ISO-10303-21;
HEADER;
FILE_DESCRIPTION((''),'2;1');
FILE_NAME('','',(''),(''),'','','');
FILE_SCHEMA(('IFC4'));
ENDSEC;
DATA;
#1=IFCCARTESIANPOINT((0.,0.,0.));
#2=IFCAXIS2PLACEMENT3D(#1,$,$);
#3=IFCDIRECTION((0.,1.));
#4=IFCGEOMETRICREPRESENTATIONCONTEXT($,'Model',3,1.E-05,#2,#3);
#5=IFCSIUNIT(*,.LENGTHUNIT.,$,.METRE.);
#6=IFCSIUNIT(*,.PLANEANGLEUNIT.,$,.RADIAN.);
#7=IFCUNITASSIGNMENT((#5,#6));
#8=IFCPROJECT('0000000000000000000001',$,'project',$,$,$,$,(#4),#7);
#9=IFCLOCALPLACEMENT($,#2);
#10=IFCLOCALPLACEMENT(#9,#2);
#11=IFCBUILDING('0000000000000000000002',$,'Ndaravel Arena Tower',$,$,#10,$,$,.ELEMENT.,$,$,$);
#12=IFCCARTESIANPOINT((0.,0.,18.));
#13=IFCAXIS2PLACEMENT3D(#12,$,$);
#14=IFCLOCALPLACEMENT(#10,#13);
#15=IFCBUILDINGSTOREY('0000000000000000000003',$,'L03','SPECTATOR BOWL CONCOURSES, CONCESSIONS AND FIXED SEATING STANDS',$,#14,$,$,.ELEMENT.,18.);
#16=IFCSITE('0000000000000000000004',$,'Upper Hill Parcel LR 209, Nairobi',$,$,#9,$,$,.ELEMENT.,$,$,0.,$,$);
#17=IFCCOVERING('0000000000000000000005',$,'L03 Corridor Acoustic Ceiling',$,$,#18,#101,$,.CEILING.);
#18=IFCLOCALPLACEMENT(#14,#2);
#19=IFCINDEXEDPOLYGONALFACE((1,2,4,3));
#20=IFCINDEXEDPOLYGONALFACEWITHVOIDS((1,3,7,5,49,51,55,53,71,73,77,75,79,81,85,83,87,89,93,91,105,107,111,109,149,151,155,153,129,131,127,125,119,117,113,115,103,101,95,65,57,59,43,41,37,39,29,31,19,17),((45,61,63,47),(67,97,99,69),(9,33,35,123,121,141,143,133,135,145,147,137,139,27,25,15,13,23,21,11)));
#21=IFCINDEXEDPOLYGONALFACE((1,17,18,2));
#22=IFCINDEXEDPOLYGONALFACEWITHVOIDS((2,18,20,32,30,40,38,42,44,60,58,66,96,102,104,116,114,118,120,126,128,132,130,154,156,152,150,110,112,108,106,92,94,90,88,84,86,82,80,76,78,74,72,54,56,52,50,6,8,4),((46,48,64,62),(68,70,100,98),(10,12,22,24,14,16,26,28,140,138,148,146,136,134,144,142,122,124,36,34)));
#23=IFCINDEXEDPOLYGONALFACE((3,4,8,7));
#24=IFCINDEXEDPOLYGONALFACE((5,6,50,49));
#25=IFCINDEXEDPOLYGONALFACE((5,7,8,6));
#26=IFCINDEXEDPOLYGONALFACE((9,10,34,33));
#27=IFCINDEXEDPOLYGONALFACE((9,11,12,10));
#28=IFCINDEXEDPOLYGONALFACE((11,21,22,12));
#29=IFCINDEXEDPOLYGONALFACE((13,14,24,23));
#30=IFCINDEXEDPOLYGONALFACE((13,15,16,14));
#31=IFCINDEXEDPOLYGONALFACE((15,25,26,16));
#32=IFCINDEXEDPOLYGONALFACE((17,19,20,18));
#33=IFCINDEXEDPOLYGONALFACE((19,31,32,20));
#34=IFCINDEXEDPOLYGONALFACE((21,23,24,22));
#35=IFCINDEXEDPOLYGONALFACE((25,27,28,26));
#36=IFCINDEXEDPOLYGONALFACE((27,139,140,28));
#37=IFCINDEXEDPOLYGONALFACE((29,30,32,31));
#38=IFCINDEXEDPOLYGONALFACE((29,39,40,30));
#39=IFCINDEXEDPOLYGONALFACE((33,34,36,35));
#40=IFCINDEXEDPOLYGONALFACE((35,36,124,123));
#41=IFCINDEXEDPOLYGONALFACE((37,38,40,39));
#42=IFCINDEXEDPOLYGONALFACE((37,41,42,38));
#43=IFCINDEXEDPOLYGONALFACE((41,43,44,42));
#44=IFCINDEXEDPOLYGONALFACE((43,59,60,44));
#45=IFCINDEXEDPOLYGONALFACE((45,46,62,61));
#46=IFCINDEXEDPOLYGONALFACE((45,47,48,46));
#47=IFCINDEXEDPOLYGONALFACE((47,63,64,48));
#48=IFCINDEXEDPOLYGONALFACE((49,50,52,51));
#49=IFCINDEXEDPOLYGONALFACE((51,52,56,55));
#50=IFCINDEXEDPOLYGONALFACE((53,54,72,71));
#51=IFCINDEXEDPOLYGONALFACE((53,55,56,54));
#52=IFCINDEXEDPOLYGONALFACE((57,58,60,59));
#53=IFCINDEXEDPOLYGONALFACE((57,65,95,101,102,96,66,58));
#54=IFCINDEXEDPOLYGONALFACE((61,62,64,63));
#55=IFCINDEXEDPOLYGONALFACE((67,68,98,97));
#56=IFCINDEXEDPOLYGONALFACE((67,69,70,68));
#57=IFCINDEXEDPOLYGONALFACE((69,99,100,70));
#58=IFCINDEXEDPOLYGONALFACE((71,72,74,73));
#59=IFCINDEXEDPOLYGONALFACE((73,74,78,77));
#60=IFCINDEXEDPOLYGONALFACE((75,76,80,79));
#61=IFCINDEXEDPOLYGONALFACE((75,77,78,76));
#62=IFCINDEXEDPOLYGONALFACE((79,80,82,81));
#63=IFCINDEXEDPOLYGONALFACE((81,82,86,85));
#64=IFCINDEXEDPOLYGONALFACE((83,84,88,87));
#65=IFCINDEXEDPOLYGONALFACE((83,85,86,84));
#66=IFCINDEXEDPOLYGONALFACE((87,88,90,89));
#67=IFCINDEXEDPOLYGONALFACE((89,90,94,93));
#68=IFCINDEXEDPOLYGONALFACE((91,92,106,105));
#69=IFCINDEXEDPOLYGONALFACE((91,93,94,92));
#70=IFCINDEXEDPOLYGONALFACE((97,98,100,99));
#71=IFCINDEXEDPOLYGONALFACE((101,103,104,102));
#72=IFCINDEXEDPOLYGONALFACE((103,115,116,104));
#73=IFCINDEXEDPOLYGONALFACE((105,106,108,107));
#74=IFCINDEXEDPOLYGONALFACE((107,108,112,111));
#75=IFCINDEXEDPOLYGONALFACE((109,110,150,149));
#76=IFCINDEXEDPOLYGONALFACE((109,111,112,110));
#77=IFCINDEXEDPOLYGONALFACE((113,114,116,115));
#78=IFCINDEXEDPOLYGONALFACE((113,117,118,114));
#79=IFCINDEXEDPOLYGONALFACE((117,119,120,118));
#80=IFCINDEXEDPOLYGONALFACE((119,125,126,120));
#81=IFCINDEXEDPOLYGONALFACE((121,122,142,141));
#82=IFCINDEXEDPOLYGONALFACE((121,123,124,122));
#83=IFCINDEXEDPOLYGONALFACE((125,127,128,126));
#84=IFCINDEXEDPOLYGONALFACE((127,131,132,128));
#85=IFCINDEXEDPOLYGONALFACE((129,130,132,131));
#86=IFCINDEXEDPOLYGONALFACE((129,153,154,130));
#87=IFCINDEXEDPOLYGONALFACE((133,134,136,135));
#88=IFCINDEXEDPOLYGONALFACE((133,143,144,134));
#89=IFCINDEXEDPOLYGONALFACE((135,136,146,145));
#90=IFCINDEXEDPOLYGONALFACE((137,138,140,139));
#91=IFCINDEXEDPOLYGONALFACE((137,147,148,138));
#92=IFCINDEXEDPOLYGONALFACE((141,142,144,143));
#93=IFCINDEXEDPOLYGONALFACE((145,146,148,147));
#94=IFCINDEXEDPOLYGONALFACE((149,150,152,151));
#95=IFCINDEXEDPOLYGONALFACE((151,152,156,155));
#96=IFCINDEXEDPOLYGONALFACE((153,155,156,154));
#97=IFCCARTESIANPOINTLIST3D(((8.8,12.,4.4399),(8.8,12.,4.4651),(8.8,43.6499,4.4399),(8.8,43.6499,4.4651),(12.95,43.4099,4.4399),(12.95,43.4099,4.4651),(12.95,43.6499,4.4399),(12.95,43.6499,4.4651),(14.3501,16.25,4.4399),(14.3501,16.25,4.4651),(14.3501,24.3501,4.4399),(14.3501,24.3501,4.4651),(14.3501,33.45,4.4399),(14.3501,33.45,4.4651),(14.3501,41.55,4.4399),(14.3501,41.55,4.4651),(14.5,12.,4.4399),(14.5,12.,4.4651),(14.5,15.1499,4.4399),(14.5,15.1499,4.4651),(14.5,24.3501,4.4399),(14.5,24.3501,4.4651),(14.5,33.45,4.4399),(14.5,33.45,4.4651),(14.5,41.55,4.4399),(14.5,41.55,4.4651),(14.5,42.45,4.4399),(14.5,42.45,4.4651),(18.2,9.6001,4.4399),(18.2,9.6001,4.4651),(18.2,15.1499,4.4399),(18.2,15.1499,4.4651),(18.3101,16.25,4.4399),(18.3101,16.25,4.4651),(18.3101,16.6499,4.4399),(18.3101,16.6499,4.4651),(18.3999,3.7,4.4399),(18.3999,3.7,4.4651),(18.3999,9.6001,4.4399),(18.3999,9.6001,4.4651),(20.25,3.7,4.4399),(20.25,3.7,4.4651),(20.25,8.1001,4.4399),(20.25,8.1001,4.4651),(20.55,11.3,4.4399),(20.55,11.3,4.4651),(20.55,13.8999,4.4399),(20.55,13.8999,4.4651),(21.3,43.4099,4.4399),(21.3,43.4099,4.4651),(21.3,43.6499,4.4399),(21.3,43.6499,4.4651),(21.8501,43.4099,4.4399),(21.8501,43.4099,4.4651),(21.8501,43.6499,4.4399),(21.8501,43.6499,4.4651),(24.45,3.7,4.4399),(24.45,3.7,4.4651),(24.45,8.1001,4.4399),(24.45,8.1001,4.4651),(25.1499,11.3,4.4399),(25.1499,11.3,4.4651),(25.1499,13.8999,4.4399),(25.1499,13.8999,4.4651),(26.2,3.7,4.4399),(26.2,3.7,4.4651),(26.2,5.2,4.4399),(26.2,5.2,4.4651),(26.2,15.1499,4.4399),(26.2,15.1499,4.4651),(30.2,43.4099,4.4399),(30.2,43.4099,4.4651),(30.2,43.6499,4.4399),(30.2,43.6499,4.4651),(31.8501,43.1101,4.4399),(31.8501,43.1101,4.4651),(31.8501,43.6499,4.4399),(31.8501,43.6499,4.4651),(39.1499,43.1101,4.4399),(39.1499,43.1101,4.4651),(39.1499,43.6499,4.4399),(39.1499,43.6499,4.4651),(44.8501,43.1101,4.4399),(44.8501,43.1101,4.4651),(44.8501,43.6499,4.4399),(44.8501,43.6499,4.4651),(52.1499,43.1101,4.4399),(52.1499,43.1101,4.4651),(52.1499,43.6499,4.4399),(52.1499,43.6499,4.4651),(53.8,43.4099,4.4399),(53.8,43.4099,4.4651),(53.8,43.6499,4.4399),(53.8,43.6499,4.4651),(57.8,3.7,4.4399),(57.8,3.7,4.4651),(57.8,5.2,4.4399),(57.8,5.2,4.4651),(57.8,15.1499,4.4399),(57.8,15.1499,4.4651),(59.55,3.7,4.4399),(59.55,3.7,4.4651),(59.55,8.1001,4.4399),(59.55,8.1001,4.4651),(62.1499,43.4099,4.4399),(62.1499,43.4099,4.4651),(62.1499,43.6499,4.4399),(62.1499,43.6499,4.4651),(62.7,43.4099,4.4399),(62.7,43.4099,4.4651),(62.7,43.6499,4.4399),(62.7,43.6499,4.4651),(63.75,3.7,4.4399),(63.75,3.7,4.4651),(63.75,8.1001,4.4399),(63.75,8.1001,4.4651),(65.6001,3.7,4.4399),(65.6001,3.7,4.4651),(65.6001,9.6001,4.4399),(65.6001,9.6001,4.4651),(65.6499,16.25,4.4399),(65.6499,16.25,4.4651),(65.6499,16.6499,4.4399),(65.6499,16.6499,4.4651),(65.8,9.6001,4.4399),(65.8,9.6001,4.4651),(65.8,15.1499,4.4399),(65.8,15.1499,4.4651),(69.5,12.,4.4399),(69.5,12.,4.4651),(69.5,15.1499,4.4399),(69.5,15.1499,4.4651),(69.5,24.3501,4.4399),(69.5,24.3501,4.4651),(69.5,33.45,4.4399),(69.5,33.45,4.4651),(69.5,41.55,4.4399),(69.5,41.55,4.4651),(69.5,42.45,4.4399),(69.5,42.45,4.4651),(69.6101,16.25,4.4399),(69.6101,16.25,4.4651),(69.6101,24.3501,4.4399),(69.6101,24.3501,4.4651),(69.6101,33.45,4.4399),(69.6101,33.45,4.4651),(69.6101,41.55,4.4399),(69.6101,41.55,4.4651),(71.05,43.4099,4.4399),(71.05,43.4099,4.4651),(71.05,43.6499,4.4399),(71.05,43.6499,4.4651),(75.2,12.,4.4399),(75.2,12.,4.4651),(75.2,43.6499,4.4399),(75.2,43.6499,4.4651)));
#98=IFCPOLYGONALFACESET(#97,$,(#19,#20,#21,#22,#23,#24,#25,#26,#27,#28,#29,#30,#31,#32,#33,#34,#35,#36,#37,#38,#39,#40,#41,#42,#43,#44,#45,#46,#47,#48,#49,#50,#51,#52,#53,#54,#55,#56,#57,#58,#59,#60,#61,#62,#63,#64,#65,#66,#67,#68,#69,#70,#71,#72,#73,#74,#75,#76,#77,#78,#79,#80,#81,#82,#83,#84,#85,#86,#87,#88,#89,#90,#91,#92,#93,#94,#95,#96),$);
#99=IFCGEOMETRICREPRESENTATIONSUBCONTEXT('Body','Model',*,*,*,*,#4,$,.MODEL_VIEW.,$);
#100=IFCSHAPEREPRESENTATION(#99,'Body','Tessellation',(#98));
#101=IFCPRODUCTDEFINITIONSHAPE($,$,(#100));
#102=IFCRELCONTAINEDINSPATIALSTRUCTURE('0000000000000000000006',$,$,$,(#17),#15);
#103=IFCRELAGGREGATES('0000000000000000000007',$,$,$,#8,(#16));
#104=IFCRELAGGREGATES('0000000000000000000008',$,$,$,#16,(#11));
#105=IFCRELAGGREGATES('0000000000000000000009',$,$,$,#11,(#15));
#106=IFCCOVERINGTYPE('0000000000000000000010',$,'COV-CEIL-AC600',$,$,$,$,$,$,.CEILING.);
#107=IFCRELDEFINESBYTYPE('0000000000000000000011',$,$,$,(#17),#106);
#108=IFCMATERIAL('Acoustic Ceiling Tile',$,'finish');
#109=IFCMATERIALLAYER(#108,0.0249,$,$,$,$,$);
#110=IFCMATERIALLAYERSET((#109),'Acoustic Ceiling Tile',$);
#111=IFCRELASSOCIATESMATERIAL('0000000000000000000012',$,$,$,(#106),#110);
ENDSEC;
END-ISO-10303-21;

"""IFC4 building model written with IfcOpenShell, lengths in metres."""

from ifc_helpers import new_model, si_unit, direction, frame, origin, place, context, subcontext, project, spatial, polyline, outline, extrude, material, layer, layer_set, type_object, element, save


model = new_model("IFC4")

# Units and contexts
model_context = context("Model", 3, precision=1e-05, world=origin(), true_north=direction((0.0, 1.0)))
body_context = subcontext(model_context, "Body", "Model", "MODEL_VIEW")
ifc_project = project(units=[si_unit("LENGTHUNIT", "METRE"), si_unit("PLANEANGLEUNIT", "RADIAN")], contexts=[model_context])

# Site, building, storey
site_placement = place(None, origin())
site = spatial("IfcSite", under=ifc_project, at=site_placement, Name="Upper Hill Parcel LR 209, Nairobi", CompositionType="ELEMENT", RefElevation=0.0)
building_placement = place(site_placement, origin())
building = spatial("IfcBuilding", under=site, at=building_placement, Name="Ndaravel Arena Tower", CompositionType="ELEMENT")
storey_placement = place(building_placement, frame((0.0, 0.0, 18.0)))
storey = spatial("IfcBuildingStorey", under=building, at=storey_placement, Name="L03", Description="SPECTATOR BOWL CONCOURSES, CONCESSIONS AND FIXED SEATING STANDS", CompositionType="ELEMENT", Elevation=18.0)

# Covering
ifc_material_1 = material(Name="Acoustic Ceiling Tile", Category="finish")
ifc_layer_1 = layer(ifc_material_1, 0.0249)
ifc_layer_set_1 = layer_set([ifc_layer_1], Name="Acoustic Ceiling Tile")
covering_type_1 = type_object("IfcCoveringType", Name="COV-CEIL-AC600", PredefinedType="CEILING", material=ifc_layer_set_1)
covering_1_placement = place(storey_placement, frame((0.0, 0.0, 4.4399)))
element("IfcCovering", 1, at=covering_1_placement, inside=storey, type_object=covering_type_1, Name="L03 Corridor Acoustic Ceiling", PredefinedType="CEILING", context=body_context, shape_type="SweptSolid", body=[
    extrude(outline(polyline([(59.55, 3.7), (59.55, 8.1001), (63.75, 8.1001), (63.75, 3.7), (65.6001, 3.7), (65.6001, 9.6001), (65.8, 9.6001), (65.8, 15.1499), (69.5, 15.1499), (69.5, 12.0), (75.2, 12.0), (75.2, 43.6499), (71.05, 43.6499), (71.05, 43.4099), (62.7, 43.4099), (62.7, 43.6499), (62.1499, 43.6499), (62.1499, 43.4099), (53.8, 43.4099), (53.8, 43.6499), (52.1499, 43.6499), (52.1499, 43.1101), (44.8501, 43.1101), (44.8501, 43.6499), (39.1499, 43.6499), (39.1499, 43.1101), (31.8501, 43.1101), (31.8501, 43.6499), (30.2, 43.6499), (30.2, 43.4099), (21.8501, 43.4099), (21.8501, 43.6499), (21.3, 43.6499), (21.3, 43.4099), (12.95, 43.4099), (12.95, 43.6499), (8.8, 43.6499), (8.8, 12.0), (14.5, 12.0), (14.5, 15.1499), (18.2, 15.1499), (18.2, 9.6001), (18.3999, 9.6001), (18.3999, 3.7), (20.25, 3.7), (20.25, 8.1001), (24.45, 8.1001), (24.45, 3.7), (26.2, 3.7), (57.8, 3.7), (59.55, 3.7)]), holes=[polyline([(69.5, 42.45), (69.5, 41.55), (69.6101, 41.55), (69.6101, 33.45), (69.5, 33.45), (69.5, 24.3501), (69.6101, 24.3501), (69.6101, 16.25), (65.6499, 16.25), (65.6499, 16.6499), (18.3101, 16.6499), (18.3101, 16.25), (14.3501, 16.25), (14.3501, 24.3501), (14.5, 24.3501), (14.5, 33.45), (14.3501, 33.45), (14.3501, 41.55), (14.5, 41.55), (14.5, 42.45), (69.5, 42.45)]), polyline([(26.2, 15.1499), (57.8, 15.1499), (57.8, 5.2), (26.2, 5.2), (26.2, 15.1499)]), polyline([(25.1499, 13.8999), (25.1499, 11.3), (20.55, 11.3), (20.55, 13.8999), (25.1499, 13.8999)])]), origin(), (0.0, 0.0, 1.0), 0.0251),
])

save(model, "model.ifc")
